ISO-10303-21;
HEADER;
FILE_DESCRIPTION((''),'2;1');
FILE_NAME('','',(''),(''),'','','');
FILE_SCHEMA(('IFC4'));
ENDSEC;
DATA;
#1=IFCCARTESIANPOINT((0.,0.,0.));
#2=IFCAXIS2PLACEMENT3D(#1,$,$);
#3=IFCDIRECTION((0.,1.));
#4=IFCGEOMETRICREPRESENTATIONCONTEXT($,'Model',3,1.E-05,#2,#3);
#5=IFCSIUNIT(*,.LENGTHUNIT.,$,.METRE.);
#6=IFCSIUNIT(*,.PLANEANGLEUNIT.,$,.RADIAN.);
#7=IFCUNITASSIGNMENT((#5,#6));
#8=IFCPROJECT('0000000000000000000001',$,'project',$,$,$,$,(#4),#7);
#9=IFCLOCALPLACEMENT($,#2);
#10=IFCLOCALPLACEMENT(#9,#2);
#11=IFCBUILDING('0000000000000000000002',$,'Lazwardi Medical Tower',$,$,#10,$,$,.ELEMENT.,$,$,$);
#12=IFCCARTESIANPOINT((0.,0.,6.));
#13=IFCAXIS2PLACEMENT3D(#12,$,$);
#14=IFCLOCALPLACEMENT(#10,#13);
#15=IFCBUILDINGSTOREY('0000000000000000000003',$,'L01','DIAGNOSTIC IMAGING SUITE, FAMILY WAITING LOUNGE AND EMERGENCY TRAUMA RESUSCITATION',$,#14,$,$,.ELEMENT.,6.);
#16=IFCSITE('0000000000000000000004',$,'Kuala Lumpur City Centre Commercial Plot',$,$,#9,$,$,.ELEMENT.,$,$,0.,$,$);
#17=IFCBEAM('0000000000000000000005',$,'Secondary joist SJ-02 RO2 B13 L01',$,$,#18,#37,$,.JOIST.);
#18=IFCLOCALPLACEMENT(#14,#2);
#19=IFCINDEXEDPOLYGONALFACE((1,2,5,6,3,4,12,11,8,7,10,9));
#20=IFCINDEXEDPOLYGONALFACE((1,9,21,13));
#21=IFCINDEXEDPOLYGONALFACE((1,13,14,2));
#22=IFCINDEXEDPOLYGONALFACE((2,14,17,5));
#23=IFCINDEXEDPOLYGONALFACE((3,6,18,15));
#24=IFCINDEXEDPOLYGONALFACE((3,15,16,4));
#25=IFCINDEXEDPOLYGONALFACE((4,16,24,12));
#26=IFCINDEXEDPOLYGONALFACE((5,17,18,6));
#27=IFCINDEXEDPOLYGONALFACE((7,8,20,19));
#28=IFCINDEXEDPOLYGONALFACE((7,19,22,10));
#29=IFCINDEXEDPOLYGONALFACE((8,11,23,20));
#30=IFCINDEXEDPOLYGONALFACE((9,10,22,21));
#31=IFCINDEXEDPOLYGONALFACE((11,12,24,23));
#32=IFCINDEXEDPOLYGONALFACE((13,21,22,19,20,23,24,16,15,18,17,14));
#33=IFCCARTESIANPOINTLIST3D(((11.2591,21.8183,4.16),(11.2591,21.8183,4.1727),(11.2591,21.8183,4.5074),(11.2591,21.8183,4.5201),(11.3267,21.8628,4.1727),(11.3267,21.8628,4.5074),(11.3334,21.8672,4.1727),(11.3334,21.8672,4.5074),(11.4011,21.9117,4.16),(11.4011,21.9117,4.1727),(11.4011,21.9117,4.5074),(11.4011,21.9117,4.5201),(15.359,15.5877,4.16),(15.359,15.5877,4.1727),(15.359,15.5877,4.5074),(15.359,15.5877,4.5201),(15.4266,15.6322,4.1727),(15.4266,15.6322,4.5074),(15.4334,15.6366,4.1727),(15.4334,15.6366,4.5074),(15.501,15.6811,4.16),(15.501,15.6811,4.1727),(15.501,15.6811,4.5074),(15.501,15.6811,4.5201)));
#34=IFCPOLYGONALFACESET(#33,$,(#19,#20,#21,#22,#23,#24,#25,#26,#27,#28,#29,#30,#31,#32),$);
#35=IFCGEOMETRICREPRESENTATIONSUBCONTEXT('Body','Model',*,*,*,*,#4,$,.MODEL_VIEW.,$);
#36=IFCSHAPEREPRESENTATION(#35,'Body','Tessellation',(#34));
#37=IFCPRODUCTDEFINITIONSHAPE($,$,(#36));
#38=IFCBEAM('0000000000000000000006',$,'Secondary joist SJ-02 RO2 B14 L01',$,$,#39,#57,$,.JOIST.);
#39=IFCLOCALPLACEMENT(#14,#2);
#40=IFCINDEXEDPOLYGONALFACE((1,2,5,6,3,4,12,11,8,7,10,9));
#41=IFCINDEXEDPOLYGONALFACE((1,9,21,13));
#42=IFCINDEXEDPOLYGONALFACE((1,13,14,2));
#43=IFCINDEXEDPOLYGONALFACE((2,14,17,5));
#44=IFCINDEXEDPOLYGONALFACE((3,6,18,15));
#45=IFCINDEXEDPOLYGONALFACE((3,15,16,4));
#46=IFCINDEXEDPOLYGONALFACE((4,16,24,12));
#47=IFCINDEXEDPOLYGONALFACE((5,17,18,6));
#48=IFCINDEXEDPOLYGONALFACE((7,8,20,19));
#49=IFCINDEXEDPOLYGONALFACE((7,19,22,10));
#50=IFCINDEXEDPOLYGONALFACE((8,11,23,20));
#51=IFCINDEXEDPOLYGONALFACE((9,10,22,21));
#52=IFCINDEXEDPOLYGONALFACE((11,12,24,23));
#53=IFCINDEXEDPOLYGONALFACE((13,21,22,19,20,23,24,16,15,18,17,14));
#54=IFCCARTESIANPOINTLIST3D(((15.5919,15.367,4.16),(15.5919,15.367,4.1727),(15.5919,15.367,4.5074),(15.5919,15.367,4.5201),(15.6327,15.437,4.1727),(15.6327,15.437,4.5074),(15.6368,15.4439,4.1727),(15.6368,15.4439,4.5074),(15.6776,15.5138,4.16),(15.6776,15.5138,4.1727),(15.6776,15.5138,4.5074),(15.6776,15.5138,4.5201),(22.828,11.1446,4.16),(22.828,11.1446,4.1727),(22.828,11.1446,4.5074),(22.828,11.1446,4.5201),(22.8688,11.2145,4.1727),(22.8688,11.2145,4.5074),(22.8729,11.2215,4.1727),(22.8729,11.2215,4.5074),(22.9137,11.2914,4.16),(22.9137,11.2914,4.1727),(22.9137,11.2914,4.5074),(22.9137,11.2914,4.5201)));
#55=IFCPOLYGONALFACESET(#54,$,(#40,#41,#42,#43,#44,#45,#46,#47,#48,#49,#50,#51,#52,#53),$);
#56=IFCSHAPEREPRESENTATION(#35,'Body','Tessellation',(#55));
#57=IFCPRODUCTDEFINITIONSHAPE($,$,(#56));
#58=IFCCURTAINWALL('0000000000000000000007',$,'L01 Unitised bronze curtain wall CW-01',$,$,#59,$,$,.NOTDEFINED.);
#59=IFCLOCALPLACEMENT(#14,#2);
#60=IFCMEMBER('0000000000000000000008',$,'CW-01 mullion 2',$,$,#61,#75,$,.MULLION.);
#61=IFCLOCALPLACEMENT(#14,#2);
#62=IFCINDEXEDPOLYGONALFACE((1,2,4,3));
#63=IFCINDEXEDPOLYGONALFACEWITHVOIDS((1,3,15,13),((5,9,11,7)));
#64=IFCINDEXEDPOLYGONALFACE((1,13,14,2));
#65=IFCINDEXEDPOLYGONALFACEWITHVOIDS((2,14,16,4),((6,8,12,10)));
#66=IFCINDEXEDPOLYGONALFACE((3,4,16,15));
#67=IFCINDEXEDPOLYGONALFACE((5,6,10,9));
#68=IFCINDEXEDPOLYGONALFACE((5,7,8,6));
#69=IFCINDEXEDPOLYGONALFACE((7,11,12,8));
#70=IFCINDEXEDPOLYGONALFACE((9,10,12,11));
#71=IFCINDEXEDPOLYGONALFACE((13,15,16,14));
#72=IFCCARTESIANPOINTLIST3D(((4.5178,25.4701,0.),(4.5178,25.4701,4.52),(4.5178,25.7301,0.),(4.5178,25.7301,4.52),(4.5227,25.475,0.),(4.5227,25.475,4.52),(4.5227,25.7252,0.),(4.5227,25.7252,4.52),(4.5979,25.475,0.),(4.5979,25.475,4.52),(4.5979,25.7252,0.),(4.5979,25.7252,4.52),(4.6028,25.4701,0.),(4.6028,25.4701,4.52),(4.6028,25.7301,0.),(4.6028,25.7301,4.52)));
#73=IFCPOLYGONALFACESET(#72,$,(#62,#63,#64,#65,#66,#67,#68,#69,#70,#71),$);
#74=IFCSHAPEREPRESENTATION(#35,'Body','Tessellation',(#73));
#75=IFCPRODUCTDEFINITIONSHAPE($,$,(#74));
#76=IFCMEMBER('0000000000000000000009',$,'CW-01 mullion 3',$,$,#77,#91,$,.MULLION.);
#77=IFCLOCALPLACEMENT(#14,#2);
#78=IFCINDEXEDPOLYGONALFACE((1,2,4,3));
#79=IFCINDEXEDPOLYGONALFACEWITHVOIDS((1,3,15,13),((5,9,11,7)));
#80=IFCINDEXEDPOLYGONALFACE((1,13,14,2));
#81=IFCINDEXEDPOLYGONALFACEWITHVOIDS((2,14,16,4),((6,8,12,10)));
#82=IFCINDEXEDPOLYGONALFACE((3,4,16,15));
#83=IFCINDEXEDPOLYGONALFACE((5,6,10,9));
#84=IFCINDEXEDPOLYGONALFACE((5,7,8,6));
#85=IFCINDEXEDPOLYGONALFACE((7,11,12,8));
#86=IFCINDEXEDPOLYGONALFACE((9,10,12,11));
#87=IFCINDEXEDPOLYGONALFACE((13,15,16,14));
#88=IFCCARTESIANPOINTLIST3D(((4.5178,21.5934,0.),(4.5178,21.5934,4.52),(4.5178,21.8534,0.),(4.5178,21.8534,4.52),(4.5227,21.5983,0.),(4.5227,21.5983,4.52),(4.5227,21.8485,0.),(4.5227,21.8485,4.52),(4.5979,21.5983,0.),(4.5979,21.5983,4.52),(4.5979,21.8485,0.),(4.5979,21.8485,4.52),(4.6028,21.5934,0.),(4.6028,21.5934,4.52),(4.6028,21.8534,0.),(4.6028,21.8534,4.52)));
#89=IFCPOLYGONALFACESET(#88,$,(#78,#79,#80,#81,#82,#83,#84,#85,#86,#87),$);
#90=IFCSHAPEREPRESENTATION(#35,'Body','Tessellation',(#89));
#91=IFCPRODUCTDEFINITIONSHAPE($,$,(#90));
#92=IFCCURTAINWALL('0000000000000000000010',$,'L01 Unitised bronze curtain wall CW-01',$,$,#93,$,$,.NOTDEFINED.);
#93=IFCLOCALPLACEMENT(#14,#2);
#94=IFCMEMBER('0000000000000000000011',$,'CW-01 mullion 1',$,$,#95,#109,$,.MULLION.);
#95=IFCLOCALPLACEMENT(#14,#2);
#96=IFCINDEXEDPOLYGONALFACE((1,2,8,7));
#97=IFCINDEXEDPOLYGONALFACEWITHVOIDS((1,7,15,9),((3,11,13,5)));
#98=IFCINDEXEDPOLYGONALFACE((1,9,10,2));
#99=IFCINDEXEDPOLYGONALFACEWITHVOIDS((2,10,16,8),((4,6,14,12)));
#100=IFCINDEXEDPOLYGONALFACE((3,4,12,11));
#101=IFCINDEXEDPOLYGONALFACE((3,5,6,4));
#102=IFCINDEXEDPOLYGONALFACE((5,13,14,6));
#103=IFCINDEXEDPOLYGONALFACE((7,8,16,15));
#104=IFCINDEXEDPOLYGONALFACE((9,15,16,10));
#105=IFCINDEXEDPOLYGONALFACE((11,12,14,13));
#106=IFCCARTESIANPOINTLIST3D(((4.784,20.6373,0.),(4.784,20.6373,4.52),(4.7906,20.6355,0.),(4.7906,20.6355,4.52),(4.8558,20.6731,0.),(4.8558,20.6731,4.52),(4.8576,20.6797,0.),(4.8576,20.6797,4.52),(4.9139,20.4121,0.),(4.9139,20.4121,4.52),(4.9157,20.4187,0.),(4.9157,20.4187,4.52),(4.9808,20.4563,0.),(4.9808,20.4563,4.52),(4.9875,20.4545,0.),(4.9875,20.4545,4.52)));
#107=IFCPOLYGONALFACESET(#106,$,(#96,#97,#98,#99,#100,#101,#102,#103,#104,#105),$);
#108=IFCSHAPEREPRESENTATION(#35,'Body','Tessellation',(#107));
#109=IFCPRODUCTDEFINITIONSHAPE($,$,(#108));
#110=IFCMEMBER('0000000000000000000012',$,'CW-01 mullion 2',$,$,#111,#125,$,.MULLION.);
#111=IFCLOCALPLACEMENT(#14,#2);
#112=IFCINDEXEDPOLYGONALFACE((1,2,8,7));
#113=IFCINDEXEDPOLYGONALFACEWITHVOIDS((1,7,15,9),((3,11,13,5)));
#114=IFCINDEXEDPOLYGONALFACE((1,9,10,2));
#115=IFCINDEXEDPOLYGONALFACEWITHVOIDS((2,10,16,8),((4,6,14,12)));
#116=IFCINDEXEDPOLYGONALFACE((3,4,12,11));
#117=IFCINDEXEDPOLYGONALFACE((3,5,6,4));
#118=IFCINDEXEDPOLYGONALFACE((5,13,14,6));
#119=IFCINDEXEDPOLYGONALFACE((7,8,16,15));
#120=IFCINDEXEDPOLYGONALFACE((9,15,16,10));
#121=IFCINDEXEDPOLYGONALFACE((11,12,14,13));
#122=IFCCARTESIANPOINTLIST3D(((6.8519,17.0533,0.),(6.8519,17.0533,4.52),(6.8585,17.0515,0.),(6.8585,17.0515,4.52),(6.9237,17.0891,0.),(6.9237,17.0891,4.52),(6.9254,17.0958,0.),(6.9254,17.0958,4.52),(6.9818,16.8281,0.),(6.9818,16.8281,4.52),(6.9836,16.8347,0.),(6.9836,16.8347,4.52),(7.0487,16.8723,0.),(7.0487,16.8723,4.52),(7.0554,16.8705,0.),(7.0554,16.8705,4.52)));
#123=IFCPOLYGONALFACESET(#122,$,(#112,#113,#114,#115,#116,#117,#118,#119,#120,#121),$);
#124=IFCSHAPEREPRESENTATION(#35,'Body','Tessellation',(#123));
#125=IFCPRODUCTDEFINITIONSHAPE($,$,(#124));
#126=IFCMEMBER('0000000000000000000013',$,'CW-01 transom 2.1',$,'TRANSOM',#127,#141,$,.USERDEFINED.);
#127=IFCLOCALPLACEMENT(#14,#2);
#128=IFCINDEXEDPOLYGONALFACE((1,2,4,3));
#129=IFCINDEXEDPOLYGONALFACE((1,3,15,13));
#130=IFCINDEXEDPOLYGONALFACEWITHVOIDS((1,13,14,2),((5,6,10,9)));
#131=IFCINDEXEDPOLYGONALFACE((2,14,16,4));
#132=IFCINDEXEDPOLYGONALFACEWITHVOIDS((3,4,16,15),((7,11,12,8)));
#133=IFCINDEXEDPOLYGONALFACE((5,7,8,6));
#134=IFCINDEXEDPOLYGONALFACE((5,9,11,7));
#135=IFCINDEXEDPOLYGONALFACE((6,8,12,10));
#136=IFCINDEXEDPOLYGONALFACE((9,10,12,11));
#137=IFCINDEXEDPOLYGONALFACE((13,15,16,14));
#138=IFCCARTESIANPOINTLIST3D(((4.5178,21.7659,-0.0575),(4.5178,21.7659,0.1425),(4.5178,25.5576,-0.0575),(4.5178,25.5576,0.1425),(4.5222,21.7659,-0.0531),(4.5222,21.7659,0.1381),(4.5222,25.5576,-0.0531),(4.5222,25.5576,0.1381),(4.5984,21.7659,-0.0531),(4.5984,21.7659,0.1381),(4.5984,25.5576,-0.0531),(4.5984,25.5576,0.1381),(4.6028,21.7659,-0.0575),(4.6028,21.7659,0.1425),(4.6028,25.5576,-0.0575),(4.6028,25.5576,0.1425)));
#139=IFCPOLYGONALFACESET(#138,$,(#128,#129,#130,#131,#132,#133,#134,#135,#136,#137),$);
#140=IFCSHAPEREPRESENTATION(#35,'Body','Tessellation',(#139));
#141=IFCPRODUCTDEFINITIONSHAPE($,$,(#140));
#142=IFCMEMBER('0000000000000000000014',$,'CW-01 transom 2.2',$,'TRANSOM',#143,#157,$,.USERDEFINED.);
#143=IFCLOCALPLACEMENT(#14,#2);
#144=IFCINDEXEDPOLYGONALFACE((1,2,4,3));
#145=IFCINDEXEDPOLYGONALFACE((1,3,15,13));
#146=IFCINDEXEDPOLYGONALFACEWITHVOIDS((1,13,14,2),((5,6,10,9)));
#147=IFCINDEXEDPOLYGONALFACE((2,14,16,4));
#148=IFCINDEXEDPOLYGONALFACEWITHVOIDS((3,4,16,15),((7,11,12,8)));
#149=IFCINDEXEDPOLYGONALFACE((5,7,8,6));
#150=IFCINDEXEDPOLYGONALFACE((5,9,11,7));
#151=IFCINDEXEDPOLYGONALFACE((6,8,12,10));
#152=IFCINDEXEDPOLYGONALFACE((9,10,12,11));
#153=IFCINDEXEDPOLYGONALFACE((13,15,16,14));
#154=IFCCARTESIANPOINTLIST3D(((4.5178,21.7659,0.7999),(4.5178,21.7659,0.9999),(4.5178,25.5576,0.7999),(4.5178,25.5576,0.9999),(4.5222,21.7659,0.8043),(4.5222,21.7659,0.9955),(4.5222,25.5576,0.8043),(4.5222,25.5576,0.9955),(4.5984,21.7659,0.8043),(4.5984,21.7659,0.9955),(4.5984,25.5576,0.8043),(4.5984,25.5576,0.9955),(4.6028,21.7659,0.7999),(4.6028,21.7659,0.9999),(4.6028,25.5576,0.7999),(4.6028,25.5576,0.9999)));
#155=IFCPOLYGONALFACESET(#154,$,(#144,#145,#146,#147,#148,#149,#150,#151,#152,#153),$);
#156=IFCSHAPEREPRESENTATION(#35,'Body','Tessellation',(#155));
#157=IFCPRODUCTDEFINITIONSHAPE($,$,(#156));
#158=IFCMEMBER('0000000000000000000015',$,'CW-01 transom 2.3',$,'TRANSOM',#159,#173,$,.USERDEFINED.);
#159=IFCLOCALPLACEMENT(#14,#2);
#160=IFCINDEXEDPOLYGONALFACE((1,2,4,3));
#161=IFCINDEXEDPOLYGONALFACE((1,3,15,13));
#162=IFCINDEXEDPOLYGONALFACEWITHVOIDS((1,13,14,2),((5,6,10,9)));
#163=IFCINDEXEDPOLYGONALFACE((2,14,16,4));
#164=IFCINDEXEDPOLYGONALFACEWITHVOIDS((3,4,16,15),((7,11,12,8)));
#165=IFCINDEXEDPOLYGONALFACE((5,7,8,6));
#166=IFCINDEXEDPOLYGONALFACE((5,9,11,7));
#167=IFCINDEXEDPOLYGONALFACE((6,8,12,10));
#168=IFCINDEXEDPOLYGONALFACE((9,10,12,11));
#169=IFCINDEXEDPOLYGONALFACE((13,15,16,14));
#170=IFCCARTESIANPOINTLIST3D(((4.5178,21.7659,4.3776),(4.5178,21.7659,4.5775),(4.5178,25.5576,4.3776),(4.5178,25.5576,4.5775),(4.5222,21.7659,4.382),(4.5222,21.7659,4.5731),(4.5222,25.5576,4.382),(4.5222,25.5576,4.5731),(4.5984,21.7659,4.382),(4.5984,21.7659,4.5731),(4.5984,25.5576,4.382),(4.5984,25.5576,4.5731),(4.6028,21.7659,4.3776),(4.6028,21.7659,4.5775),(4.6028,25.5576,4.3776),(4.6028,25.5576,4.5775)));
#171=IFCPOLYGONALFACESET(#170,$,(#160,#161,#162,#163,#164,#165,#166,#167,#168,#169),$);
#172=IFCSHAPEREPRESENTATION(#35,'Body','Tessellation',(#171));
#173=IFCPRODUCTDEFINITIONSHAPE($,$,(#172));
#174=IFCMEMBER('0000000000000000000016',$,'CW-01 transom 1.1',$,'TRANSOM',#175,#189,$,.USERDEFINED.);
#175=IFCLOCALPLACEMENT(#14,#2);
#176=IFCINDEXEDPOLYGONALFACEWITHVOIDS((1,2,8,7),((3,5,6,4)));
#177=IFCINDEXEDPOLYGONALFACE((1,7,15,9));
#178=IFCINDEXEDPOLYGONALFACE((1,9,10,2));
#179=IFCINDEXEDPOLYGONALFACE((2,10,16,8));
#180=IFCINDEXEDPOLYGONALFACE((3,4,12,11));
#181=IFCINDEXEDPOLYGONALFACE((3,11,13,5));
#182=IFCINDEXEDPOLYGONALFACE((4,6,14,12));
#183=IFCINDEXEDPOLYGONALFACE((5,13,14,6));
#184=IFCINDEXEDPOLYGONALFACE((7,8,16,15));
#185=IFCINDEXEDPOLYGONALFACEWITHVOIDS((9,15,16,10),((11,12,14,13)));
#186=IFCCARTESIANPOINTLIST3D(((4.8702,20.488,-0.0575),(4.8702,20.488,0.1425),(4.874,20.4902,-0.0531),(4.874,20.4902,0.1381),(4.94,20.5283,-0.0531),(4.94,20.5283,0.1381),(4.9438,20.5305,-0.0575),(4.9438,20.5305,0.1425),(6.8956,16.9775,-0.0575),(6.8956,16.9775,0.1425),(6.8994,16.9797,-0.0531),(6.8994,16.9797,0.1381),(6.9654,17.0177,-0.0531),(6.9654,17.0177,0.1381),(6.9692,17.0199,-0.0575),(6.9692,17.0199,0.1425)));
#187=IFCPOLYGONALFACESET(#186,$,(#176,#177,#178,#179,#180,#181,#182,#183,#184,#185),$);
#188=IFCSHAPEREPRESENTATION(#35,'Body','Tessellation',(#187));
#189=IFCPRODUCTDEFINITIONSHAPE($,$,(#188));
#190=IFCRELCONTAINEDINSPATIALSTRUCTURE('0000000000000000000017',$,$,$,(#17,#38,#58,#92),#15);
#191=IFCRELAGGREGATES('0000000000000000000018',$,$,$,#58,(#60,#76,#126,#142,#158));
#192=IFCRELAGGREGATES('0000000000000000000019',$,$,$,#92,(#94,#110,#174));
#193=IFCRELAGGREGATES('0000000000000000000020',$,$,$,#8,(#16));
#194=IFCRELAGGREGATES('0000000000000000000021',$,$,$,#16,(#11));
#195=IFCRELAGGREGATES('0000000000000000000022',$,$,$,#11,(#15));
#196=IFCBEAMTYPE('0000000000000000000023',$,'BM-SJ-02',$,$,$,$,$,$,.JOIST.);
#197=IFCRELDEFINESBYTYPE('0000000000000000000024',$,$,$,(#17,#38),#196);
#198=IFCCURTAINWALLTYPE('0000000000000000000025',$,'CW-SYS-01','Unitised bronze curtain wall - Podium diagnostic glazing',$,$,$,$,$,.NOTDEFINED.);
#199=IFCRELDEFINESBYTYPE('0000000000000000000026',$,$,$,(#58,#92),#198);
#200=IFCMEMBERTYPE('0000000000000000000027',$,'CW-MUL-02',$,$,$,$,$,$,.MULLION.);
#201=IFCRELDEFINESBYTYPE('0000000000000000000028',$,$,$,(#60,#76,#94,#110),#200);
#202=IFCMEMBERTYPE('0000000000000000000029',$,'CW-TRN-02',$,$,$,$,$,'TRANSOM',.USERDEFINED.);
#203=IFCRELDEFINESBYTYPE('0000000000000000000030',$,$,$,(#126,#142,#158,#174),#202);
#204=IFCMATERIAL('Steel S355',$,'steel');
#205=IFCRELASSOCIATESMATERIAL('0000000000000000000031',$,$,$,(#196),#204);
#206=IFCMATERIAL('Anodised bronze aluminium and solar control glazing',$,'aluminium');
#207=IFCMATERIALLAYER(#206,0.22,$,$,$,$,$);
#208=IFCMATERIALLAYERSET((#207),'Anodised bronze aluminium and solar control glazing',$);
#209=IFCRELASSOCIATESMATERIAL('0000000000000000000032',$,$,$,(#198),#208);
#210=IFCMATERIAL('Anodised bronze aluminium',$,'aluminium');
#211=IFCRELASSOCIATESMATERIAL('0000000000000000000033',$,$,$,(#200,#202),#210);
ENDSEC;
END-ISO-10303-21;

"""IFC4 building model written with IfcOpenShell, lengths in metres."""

from ifc_helpers import new_model, si_unit, direction, frame, origin, origin_2d, place, context, subcontext, project, spatial, hollow_rectangle, i_section, extrude, material, layer, layer_set, material_profile, profile_set, type_object, element, aggregate, save


model = new_model("IFC4")

# Units and contexts
model_context = context("Model", 3, precision=1e-05, world=origin(), true_north=direction((0.0, 1.0)))
body_context = subcontext(model_context, "Body", "Model", "MODEL_VIEW")
ifc_project = project(units=[si_unit("LENGTHUNIT", "METRE"), si_unit("PLANEANGLEUNIT", "RADIAN")], contexts=[model_context])

# Site, building, storey
site_placement = place(None, origin())
site = spatial("IfcSite", under=ifc_project, at=site_placement, Name="Kuala Lumpur City Centre Commercial Plot", CompositionType="ELEMENT", RefElevation=0.0)
building_placement = place(site_placement, origin())
building = spatial("IfcBuilding", under=site, at=building_placement, Name="Lazwardi Medical Tower", CompositionType="ELEMENT")
storey_placement = place(building_placement, frame((0.0, 0.0, 6.0)))
storey = spatial("IfcBuildingStorey", under=building, at=storey_placement, Name="L01", Description="DIAGNOSTIC IMAGING SUITE, FAMILY WAITING LOUNGE AND EMERGENCY TRAUMA RESUSCITATION", CompositionType="ELEMENT", Elevation=6.0)

# Beams
ifc_material_1 = material(Name="Steel S355", Category="steel")
ifc_material_profile_1 = material_profile(ifc_material_1, i_section(OverallWidth=0.1699, OverallDepth=0.3601, WebThickness=0.0081, FlangeThickness=0.0127, at=origin_2d()), Name="IPE 360")
ifc_profile_set_1 = profile_set([ifc_material_profile_1], Name="Steel S355")
beam_type_1 = type_object("IfcBeamType", Name="BM-SJ-02", PredefinedType="JOIST", material=ifc_profile_set_1)
beam_1_placement = place(storey_placement, frame((11.3301, 21.865, 4.3401), z_axis=(0.549697, -0.835364, 0.0), x_axis=(0.835364, 0.549697, 0.0)))
element("IfcBeam", 1, at=beam_1_placement, inside=storey, type_object=beam_type_1, Name="Secondary joist SJ-02 RO2 B13 L01", PredefinedType="JOIST", context=body_context, shape_type="SweptSolid", body=[
    extrude(i_section(OverallWidth=0.1699, OverallDepth=0.3601, WebThickness=0.0081, FlangeThickness=0.0127, at=origin_2d()), origin(), (0.0, 0.0, 1.0), 7.4585),
])
beam_2_placement = place(storey_placement, frame((15.6348, 15.4404, 4.3401), z_axis=(0.863708, -0.503992, 0.0), x_axis=(0.503992, 0.863708, 0.0)))
element("IfcBeam", 2, at=beam_2_placement, inside=storey, type_object=beam_type_1, Name="Secondary joist SJ-02 RO2 B14 L01", PredefinedType="JOIST", context=body_context, shape_type="SweptSolid", body=[
    extrude(i_section(OverallWidth=0.1699, OverallDepth=0.3601, WebThickness=0.0081, FlangeThickness=0.0127, at=origin_2d()), origin(), (0.0, 0.0, 1.0), 8.3779),
])

# Curtain walls, members
ifc_material_2 = material(Name="Anodised bronze aluminium and solar control glazing", Category="aluminium")
ifc_layer_1 = layer(ifc_material_2, 0.22)
ifc_layer_set_1 = layer_set([ifc_layer_1], Name="Anodised bronze aluminium and solar control glazing")
curtain_wall_type = type_object("IfcCurtainWallType", Name="CW-SYS-01", Description="Unitised bronze curtain wall - Podium diagnostic glazing", PredefinedType="NOTDEFINED", material=ifc_layer_set_1)
curtain_wall_1_placement = place(storey_placement, origin())
curtain_wall_1 = element("IfcCurtainWall", 3, at=curtain_wall_1_placement, inside=storey, type_object=curtain_wall_type, Name="L01 Unitised bronze curtain wall CW-01", PredefinedType="NOTDEFINED")
ifc_material_3 = material(Name="Anodised bronze aluminium", Category="aluminium")
ifc_material_profile_2 = material_profile(ifc_material_3, hollow_rectangle(XDim=0.085, YDim=0.26, WallThickness=0.0049, at=origin_2d()), Name="ALU-MULLION 260x85x5")
ifc_profile_set_2 = profile_set([ifc_material_profile_2], Name="Anodised bronze aluminium")
member_type_1 = type_object("IfcMemberType", Name="CW-MUL-02", PredefinedType="MULLION", material=ifc_profile_set_2)
member_1_placement = place(storey_placement, frame((4.5603, 25.6001, 0.0), z_axis=(0.0, 0.0, 1.0), x_axis=(1.0, 0.0, 0.0)))
member_1 = element("IfcMember", 4, at=member_1_placement, type_object=member_type_1, Name="CW-01 mullion 2", PredefinedType="MULLION", context=body_context, shape_type="SweptSolid", body=[
    extrude(hollow_rectangle(XDim=0.085, YDim=0.26, WallThickness=0.0049, at=origin_2d()), origin(), (0.0, 0.0, 1.0), 4.52),
])
member_2_placement = place(storey_placement, frame((4.5603, 21.7234, 0.0), z_axis=(0.0, 0.0, 1.0), x_axis=(1.0, 0.0, 0.0)))
member_2 = element("IfcMember", 5, at=member_2_placement, type_object=member_type_1, Name="CW-01 mullion 3", PredefinedType="MULLION", context=body_context, shape_type="SweptSolid", body=[
    extrude(hollow_rectangle(XDim=0.085, YDim=0.26, WallThickness=0.0049, at=origin_2d()), origin(), (0.0, 0.0, 1.0), 4.52),
])
curtain_wall_2_placement = place(storey_placement, origin())
curtain_wall_2 = element("IfcCurtainWall", 6, at=curtain_wall_2_placement, inside=storey, type_object=curtain_wall_type, Name="L01 Unitised bronze curtain wall CW-01", PredefinedType="NOTDEFINED")
member_3_placement = place(storey_placement, frame((4.8857, 20.5459, 0.0), z_axis=(0.0, 0.0, 1.0), x_axis=(0.866181, 0.499731, 0.0)))
member_3 = element("IfcMember", 7, at=member_3_placement, type_object=member_type_1, Name="CW-01 mullion 1", PredefinedType="MULLION", context=body_context, shape_type="SweptSolid", body=[
    extrude(hollow_rectangle(XDim=0.085, YDim=0.26, WallThickness=0.0049, at=origin_2d()), origin(), (0.0, 0.0, 1.0), 4.52),
])
member_4_placement = place(storey_placement, frame((6.9536, 16.9619, 0.0), z_axis=(0.0, 0.0, 1.0), x_axis=(0.866181, 0.499731, 0.0)))
member_4 = element("IfcMember", 8, at=member_4_placement, type_object=member_type_1, Name="CW-01 mullion 2", PredefinedType="MULLION", context=body_context, shape_type="SweptSolid", body=[
    extrude(hollow_rectangle(XDim=0.085, YDim=0.26, WallThickness=0.0049, at=origin_2d()), origin(), (0.0, 0.0, 1.0), 4.52),
])

# Members
ifc_material_profile_3 = material_profile(ifc_material_3, hollow_rectangle(XDim=0.085, YDim=0.2, WallThickness=0.0044, at=origin_2d()), Name="ALU-TRANSOM 200x85x4.5")
ifc_profile_set_3 = profile_set([ifc_material_profile_3], Name="Anodised bronze aluminium")
member_type_2 = type_object("IfcMemberType", Name="CW-TRN-02", ElementType="TRANSOM", PredefinedType="USERDEFINED", material=ifc_profile_set_3)
member_5_placement = place(storey_placement, frame((4.5603, 25.5576, 0.0425), z_axis=(0.0, -1.0, 0.0), x_axis=(1.0, 0.0, 0.0)))
member_5 = element("IfcMember", 9, at=member_5_placement, type_object=member_type_2, Name="CW-01 transom 2.1", ObjectType="TRANSOM", PredefinedType="USERDEFINED", context=body_context, shape_type="SweptSolid", body=[
    extrude(hollow_rectangle(XDim=0.085, YDim=0.2, WallThickness=0.0044, at=origin_2d()), origin(), (0.0, 0.0, 1.0), 3.7917),
])
member_6_placement = place(storey_placement, frame((4.5603, 25.5576, 0.8999), z_axis=(0.0, -1.0, 0.0), x_axis=(1.0, 0.0, 0.0)))
member_6 = element("IfcMember", 10, at=member_6_placement, type_object=member_type_2, Name="CW-01 transom 2.2", ObjectType="TRANSOM", PredefinedType="USERDEFINED", context=body_context, shape_type="SweptSolid", body=[
    extrude(hollow_rectangle(XDim=0.085, YDim=0.2, WallThickness=0.0044, at=origin_2d()), origin(), (0.0, 0.0, 1.0), 3.7917),
])
member_7_placement = place(storey_placement, frame((4.5603, 25.5576, 4.4775), z_axis=(0.0, -1.0, 0.0), x_axis=(1.0, 0.0, 0.0)))
member_7 = element("IfcMember", 11, at=member_7_placement, type_object=member_type_2, Name="CW-01 transom 2.3", ObjectType="TRANSOM", PredefinedType="USERDEFINED", context=body_context, shape_type="SweptSolid", body=[
    extrude(hollow_rectangle(XDim=0.085, YDim=0.2, WallThickness=0.0044, at=origin_2d()), origin(), (0.0, 0.0, 1.0), 3.7917),
])
member_8_placement = place(storey_placement, frame((4.907, 20.5093, 0.0425), z_axis=(0.499742, -0.866175, 0.0), x_axis=(0.866175, 0.499742, 0.0)))
member_8 = element("IfcMember", 12, at=member_8_placement, type_object=member_type_2, Name="CW-01 transom 1.1", ObjectType="TRANSOM", PredefinedType="USERDEFINED", context=body_context, shape_type="SweptSolid", body=[
    extrude(hollow_rectangle(XDim=0.085, YDim=0.2, WallThickness=0.0044, at=origin_2d()), origin(), (0.0, 0.0, 1.0), 4.053),
])

aggregate(curtain_wall_1, [member_1, member_2, member_5, member_6, member_7])
aggregate(curtain_wall_2, [member_3, member_4, member_8])

save(model, "model.ifc")
